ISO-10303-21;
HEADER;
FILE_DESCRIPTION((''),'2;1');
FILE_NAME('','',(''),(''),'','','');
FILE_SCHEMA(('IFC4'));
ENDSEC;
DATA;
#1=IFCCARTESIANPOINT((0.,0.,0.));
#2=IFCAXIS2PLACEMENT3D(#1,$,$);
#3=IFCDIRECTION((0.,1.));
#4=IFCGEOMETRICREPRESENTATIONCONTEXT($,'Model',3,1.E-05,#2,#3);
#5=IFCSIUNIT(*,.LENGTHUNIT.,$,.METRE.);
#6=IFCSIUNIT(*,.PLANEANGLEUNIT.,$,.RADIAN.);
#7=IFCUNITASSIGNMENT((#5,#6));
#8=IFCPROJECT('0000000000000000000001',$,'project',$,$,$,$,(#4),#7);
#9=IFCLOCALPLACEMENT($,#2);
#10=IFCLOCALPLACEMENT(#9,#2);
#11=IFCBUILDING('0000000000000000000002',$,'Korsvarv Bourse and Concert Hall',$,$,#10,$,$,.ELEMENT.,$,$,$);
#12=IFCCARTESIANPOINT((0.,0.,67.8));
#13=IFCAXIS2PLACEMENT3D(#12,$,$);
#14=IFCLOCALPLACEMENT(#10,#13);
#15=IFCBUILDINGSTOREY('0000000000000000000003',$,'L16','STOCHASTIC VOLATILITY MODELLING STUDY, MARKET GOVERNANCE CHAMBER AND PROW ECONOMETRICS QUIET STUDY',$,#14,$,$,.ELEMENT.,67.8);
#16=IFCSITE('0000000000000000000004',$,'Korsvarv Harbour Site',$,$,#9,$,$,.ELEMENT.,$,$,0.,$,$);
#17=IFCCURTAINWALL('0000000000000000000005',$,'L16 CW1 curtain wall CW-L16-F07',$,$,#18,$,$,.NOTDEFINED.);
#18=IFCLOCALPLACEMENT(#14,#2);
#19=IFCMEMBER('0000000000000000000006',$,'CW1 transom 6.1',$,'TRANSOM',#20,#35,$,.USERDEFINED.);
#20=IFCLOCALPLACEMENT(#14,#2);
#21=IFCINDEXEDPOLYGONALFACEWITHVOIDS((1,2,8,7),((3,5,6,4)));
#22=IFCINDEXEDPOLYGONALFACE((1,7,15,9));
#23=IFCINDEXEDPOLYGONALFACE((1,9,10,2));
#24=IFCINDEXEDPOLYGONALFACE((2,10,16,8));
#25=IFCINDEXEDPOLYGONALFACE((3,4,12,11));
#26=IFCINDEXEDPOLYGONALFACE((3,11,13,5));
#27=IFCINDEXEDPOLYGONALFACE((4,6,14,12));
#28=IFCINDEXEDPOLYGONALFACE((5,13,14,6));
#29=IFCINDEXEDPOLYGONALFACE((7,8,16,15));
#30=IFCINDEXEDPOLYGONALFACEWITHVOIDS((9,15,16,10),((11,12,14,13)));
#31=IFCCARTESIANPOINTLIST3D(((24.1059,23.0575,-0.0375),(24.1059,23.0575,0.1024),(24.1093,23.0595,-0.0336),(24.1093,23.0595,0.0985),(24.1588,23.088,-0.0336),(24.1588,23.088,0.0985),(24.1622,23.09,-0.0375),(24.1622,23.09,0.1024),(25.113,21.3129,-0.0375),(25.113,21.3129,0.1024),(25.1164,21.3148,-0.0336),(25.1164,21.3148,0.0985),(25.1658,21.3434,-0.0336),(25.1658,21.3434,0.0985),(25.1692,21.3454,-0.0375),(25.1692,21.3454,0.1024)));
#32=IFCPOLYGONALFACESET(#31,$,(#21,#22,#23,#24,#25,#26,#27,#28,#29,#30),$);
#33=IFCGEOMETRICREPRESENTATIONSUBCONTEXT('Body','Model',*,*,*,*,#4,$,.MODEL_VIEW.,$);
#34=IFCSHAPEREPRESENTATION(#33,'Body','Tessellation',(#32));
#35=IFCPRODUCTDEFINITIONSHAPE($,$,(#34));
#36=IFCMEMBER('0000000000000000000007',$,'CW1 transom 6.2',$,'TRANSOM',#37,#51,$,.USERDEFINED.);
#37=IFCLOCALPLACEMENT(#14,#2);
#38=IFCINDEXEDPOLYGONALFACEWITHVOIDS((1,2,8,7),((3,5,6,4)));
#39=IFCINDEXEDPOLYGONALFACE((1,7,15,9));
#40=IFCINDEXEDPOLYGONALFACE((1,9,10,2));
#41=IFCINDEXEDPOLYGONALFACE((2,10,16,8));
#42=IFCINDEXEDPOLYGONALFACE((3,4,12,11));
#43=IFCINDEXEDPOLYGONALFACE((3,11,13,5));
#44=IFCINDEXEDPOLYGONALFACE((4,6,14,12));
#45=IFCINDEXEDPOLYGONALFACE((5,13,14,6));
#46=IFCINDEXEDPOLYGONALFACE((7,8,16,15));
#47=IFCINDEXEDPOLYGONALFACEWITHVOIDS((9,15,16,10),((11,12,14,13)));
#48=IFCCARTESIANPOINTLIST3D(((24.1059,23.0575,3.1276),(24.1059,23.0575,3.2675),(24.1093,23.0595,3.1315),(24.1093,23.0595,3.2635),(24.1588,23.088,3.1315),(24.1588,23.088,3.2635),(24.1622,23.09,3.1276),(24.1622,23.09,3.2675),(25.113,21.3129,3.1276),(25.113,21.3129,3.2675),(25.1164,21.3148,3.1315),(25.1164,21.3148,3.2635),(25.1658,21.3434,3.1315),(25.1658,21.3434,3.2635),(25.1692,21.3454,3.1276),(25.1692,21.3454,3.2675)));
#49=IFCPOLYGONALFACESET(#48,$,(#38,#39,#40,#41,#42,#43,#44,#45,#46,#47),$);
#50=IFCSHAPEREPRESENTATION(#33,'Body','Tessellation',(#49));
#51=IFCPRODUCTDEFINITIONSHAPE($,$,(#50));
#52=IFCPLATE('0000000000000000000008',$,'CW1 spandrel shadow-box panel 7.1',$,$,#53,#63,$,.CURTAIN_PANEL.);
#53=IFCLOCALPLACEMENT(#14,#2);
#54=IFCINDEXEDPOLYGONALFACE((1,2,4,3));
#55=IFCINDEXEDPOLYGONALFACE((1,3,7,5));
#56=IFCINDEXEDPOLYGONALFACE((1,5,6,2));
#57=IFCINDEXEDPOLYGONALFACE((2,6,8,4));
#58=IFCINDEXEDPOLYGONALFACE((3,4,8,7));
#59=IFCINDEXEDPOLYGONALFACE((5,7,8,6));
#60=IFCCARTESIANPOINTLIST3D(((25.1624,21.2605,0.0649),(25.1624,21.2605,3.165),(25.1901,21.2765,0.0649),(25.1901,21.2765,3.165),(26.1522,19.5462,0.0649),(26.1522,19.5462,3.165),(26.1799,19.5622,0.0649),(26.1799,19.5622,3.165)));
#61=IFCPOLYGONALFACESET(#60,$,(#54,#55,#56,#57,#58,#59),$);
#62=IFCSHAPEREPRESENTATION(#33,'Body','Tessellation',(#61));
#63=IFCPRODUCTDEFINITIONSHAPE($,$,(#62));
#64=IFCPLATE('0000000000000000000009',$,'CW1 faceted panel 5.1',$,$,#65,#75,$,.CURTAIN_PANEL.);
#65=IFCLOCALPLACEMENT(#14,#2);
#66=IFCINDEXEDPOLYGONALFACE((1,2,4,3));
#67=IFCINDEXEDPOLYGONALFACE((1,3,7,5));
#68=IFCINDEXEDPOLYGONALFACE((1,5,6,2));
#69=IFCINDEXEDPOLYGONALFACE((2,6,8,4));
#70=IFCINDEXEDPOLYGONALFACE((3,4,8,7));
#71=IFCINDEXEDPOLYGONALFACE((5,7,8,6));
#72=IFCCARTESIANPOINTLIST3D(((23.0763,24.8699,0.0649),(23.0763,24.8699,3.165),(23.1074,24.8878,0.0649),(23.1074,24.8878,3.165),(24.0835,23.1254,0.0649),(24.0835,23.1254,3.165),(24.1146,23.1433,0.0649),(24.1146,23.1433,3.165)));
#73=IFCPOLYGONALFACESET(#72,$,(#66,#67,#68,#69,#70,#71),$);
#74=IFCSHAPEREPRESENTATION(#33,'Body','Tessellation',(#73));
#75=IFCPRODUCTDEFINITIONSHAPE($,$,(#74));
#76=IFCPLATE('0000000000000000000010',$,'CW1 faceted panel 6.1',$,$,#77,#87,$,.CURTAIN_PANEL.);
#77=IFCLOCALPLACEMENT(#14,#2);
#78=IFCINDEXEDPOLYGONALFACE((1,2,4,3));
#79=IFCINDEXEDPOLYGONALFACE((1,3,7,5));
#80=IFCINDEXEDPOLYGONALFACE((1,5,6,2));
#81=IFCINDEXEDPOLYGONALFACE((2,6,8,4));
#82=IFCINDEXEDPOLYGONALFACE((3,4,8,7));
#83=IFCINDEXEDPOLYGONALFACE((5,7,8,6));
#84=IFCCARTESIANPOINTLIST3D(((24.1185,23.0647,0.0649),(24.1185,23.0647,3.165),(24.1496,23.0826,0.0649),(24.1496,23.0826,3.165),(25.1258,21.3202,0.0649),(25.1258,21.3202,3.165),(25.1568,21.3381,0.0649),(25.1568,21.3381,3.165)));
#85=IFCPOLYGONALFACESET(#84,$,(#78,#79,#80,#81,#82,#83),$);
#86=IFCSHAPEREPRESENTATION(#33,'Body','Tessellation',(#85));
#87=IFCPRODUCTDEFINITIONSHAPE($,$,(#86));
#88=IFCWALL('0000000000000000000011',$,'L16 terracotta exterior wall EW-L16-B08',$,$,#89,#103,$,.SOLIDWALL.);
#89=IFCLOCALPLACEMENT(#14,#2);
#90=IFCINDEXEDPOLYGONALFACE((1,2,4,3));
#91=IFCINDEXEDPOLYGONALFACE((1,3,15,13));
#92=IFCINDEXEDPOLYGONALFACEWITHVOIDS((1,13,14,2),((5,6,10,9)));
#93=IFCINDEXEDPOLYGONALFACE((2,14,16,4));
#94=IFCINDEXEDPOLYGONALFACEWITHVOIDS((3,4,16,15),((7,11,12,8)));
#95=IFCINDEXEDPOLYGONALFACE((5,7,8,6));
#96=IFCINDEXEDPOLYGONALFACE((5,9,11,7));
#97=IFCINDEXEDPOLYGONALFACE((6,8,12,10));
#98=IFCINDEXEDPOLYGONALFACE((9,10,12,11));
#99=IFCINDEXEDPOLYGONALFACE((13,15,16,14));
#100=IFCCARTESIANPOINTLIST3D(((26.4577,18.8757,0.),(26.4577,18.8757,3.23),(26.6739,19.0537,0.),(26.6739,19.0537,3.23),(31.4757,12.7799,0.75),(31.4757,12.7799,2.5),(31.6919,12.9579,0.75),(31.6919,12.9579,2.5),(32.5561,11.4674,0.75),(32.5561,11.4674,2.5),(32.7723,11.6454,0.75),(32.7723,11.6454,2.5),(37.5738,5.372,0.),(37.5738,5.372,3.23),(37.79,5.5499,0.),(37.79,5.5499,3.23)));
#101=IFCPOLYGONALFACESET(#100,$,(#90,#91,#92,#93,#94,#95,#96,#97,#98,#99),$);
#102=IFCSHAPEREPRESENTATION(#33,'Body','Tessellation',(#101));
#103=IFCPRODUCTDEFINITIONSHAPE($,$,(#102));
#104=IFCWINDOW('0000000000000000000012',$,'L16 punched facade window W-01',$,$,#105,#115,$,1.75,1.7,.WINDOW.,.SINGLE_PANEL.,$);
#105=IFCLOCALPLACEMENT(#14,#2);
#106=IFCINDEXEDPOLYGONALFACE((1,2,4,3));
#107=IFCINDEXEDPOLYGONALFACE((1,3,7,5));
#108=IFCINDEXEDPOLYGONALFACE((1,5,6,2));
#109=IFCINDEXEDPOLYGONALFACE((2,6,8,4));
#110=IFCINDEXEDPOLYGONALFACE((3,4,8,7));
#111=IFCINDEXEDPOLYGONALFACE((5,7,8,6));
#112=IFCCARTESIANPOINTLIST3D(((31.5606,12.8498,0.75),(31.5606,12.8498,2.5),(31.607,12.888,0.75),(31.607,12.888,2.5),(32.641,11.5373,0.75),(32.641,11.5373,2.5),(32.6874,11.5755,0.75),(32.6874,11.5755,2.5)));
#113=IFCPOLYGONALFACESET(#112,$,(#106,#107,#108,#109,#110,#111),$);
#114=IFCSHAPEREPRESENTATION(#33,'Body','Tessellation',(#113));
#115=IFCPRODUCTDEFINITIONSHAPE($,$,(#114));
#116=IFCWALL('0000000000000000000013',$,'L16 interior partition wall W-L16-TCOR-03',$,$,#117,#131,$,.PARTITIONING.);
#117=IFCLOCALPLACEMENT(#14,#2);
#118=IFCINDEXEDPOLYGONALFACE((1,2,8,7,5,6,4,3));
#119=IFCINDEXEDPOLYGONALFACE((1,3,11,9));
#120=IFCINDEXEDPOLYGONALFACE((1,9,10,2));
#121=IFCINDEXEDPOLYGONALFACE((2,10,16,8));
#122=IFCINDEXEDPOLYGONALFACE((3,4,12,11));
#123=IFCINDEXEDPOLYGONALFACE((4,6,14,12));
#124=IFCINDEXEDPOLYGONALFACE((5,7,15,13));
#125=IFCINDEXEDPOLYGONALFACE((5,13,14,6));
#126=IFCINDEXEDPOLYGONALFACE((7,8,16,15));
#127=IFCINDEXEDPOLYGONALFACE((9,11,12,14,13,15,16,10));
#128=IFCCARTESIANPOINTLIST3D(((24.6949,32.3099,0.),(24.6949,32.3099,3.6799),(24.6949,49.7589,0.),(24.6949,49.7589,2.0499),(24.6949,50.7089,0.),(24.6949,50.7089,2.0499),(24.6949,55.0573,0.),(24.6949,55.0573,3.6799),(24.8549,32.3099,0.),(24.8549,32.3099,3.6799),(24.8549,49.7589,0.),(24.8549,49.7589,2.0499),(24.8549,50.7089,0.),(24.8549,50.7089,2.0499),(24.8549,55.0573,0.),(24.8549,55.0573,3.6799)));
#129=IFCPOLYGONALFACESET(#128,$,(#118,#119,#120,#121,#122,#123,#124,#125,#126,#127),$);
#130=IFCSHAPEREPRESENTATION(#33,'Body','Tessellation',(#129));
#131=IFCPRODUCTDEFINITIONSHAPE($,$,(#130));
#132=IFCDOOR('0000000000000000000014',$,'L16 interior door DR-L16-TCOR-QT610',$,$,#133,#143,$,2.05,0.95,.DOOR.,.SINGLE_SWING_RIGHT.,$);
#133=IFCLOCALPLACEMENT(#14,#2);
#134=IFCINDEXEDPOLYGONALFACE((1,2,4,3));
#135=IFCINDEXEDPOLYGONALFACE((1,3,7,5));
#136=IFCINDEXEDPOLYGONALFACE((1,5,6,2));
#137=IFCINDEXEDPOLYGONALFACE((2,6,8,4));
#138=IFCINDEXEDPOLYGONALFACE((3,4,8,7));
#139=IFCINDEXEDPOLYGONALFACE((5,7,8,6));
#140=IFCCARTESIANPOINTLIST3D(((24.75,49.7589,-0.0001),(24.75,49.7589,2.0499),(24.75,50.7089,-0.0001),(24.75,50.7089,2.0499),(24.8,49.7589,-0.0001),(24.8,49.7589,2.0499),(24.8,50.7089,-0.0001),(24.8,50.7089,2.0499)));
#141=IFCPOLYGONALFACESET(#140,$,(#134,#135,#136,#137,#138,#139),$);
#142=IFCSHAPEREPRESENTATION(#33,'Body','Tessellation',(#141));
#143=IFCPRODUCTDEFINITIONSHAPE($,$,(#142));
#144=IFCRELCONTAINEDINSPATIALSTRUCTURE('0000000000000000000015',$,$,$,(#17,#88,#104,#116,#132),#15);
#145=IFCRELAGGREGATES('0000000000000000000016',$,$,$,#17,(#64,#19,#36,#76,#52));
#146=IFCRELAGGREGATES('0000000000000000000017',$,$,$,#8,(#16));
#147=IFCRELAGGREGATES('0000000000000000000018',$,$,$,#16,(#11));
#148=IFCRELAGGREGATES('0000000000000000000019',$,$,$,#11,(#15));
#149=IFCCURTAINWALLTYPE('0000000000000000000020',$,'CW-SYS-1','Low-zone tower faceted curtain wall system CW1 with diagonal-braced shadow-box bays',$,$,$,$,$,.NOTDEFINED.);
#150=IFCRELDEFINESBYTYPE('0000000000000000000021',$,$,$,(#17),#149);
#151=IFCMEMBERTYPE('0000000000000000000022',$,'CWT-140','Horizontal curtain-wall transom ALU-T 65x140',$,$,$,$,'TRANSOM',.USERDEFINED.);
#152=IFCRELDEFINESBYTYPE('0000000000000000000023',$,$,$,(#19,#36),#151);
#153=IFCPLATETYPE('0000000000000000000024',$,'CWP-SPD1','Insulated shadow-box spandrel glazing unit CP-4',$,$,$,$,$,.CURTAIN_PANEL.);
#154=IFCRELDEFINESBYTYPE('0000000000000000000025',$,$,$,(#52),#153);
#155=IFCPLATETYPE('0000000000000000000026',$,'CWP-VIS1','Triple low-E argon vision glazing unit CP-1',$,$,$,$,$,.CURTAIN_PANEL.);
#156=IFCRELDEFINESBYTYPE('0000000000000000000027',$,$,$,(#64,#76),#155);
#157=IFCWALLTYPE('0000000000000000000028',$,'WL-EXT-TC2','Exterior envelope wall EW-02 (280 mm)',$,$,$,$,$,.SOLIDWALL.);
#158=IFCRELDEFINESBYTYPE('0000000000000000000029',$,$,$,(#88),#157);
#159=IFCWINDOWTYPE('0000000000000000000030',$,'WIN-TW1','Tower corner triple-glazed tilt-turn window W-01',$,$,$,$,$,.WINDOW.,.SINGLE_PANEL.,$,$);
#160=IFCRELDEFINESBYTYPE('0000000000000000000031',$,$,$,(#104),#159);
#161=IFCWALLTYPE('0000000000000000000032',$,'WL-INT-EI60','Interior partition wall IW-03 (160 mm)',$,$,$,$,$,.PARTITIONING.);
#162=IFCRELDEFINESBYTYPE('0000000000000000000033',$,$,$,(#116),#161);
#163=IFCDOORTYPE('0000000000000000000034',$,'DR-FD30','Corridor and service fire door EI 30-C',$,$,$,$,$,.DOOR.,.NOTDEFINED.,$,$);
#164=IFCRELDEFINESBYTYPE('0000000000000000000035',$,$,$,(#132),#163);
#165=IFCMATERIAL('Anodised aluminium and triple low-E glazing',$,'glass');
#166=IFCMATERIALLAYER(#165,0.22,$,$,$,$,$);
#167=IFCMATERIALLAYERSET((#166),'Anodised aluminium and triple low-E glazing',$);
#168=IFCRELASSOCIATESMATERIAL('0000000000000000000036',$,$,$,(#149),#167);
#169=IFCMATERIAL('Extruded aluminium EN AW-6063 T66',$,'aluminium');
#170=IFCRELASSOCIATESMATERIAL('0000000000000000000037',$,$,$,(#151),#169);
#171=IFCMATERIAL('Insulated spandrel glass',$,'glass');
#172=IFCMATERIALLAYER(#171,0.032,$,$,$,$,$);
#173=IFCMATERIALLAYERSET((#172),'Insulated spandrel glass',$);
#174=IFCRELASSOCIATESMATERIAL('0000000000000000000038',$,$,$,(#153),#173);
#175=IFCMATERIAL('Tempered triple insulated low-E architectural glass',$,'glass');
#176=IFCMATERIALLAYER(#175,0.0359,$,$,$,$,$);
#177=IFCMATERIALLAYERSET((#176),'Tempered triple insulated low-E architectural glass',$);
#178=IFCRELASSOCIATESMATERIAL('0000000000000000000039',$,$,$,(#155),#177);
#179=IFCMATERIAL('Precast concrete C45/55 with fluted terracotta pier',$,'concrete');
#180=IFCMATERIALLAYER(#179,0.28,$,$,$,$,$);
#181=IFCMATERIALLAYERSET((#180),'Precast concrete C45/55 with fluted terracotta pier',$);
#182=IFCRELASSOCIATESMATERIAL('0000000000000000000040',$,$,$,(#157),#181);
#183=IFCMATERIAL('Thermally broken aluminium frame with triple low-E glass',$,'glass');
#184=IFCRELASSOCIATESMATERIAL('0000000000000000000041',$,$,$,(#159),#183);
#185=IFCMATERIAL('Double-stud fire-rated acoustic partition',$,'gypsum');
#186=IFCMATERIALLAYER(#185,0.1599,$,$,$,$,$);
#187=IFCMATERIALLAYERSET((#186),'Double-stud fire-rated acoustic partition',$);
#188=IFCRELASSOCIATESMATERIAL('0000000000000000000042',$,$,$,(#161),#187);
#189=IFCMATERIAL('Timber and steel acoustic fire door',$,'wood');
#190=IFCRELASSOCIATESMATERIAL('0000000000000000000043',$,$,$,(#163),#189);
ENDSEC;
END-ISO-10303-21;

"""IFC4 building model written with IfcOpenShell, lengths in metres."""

from ifc_helpers import new_model, si_unit, direction, frame, frame_2d, origin, origin_2d, place, context, subcontext, project, spatial, rectangle, hollow_rectangle, extrude, source, transform, mapped, material, layer, layer_set, material_profile, profile_set, type_object, element, fill, aggregate, save


model = new_model("IFC4")

# Units and contexts
model_context = context("Model", 3, precision=1e-05, world=origin(), true_north=direction((0.0, 1.0)))
body_context = subcontext(model_context, "Body", "Model", "MODEL_VIEW")
ifc_project = project(units=[si_unit("LENGTHUNIT", "METRE"), si_unit("PLANEANGLEUNIT", "RADIAN")], contexts=[model_context])

# Site, building, storey
site_placement = place(None, origin())
site = spatial("IfcSite", under=ifc_project, at=site_placement, Name="Korsvarv Harbour Site", CompositionType="ELEMENT", RefElevation=0.0)
building_placement = place(site_placement, origin())
building = spatial("IfcBuilding", under=site, at=building_placement, Name="Korsvarv Bourse and Concert Hall", CompositionType="ELEMENT")
storey_placement = place(building_placement, frame((0.0, 0.0, 67.8)))
storey = spatial("IfcBuildingStorey", under=building, at=storey_placement, Name="L16", Description="STOCHASTIC VOLATILITY MODELLING STUDY, MARKET GOVERNANCE CHAMBER AND PROW ECONOMETRICS QUIET STUDY", CompositionType="ELEMENT", Elevation=67.8)

# Curtain wall, members, plates
ifc_material_1 = material(Name="Anodised aluminium and triple low-E glazing", Category="glass")
ifc_layer_1 = layer(ifc_material_1, 0.22)
ifc_layer_set_1 = layer_set([ifc_layer_1], Name="Anodised aluminium and triple low-E glazing")
curtain_wall_type = type_object("IfcCurtainWallType", Name="CW-SYS-1", Description="Low-zone tower faceted curtain wall system CW1 with diagonal-braced shadow-box bays", PredefinedType="NOTDEFINED", material=ifc_layer_set_1)
curtain_wall_placement = place(storey_placement, origin())
curtain_wall = element("IfcCurtainWall", 1, at=curtain_wall_placement, inside=storey, type_object=curtain_wall_type, Name="L16 CW1 curtain wall CW-L16-F07", PredefinedType="NOTDEFINED")
ifc_material_2 = material(Name="Extruded aluminium EN AW-6063 T66", Category="aluminium")
ifc_material_profile_1 = material_profile(ifc_material_2, hollow_rectangle(XDim=0.0649, YDim=0.1399, WallThickness=0.0039, at=origin_2d()), Name="ALU-T 65x140")
ifc_profile_set_1 = profile_set([ifc_material_profile_1], Name="Extruded aluminium EN AW-6063 T66")
member_type_1 = type_object("IfcMemberType", Name="CWT-140", Description="Horizontal curtain-wall transom ALU-T 65x140", ElementType="TRANSOM", PredefinedType="USERDEFINED", material=ifc_profile_set_1)
shared_shape_1 = source(origin(), body_context, "Body", "SweptSolid", [
    extrude(hollow_rectangle(XDim=0.0649, YDim=0.1399, WallThickness=0.0039, at=origin_2d()), origin(), (0.0, 0.0, 1.0), 2.0144),
])
member_1_placement = place(storey_placement, frame((24.134, 23.0737, 0.0325), z_axis=(0.499932, -0.866064, 0.0), x_axis=(0.866064, 0.499932, 0.0)))
member_1 = element("IfcMember", 2, at=member_1_placement, type_object=member_type_1, Name="CW1 transom 6.1", ObjectType="TRANSOM", PredefinedType="USERDEFINED", context=body_context, shape_type="MappedRepresentation", body=[
    mapped(shared_shape_1, transform((0.0, 0.0, 0.0), scale=1.0)),
])
member_2_placement = place(storey_placement, frame((24.134, 23.0737, 3.1975), z_axis=(0.499932, -0.866064, 0.0), x_axis=(0.866064, 0.499932, 0.0)))
member_2 = element("IfcMember", 3, at=member_2_placement, type_object=member_type_1, Name="CW1 transom 6.2", ObjectType="TRANSOM", PredefinedType="USERDEFINED", context=body_context, shape_type="MappedRepresentation", body=[
    mapped(shared_shape_1, transform((0.0, 0.0, 0.0), scale=1.0)),
])
ifc_material_3 = material(Name="Insulated spandrel glass", Category="glass")
ifc_layer_2 = layer(ifc_material_3, 0.032)
ifc_layer_set_2 = layer_set([ifc_layer_2], Name="Insulated spandrel glass")
plate_type_1 = type_object("IfcPlateType", Name="CWP-SPD1", Description="Insulated shadow-box spandrel glazing unit CP-4", PredefinedType="CURTAIN_PANEL", material=ifc_layer_set_2)
shared_shape_2 = source(origin(), body_context, "Body", "SweptSolid", [
    extrude(rectangle(XDim=1.9795, YDim=0.032, at=origin_2d()), origin(), (0.0, 0.0, 1.0), 3.1001),
])
plate_1_placement = place(storey_placement, frame((25.6711, 20.4114, 0.0649), z_axis=(0.0, 0.0, 1.0), x_axis=(0.500006, -0.866022, 0.0)))
plate_1 = element("IfcPlate", 4, at=plate_1_placement, type_object=plate_type_1, Name="CW1 spandrel shadow-box panel 7.1", PredefinedType="CURTAIN_PANEL", context=body_context, shape_type="MappedRepresentation", body=[
    mapped(shared_shape_2, transform((0.0, 0.0, 0.0), scale=1.0)),
])
ifc_material_4 = material(Name="Tempered triple insulated low-E architectural glass", Category="glass")
ifc_layer_3 = layer(ifc_material_4, 0.0359)
ifc_layer_set_3 = layer_set([ifc_layer_3], Name="Tempered triple insulated low-E architectural glass")
plate_type_2 = type_object("IfcPlateType", Name="CWP-VIS1", Description="Triple low-E argon vision glazing unit CP-1", PredefinedType="CURTAIN_PANEL", material=ifc_layer_set_3)
shared_shape_3 = source(origin(), body_context, "Body", "SweptSolid", [
    extrude(rectangle(XDim=2.0144, YDim=0.0359, at=origin_2d()), origin(), (0.0, 0.0, 1.0), 3.1001),
])
plate_2_placement = place(storey_placement, frame((23.5955, 24.0066, 0.0649), z_axis=(0.0, 0.0, 1.0), x_axis=(0.500006, -0.866022, 0.0)))
plate_2 = element("IfcPlate", 5, at=plate_2_placement, type_object=plate_type_2, Name="CW1 faceted panel 5.1", PredefinedType="CURTAIN_PANEL", context=body_context, shape_type="MappedRepresentation", body=[
    mapped(shared_shape_3, transform((0.0, 0.0, 0.0), scale=1.0)),
])
plate_3_placement = place(storey_placement, frame((24.6377, 22.2014, 0.0649), z_axis=(0.0, 0.0, 1.0), x_axis=(0.500006, -0.866022, 0.0)))
plate_3 = element("IfcPlate", 6, at=plate_3_placement, type_object=plate_type_2, Name="CW1 faceted panel 6.1", PredefinedType="CURTAIN_PANEL", context=body_context, shape_type="MappedRepresentation", body=[
    mapped(shared_shape_3, transform((0.0, 0.0, 0.0), scale=1.0)),
])
aggregate(curtain_wall, [plate_2, member_1, member_2, plate_3, plate_1])

# Wall, opening, window
ifc_material_5 = material(Name="Precast concrete C45/55 with fluted terracotta pier", Category="concrete")
ifc_layer_4 = layer(ifc_material_5, 0.28)
ifc_layer_set_4 = layer_set([ifc_layer_4], Name="Precast concrete C45/55 with fluted terracotta pier")
wall_type_1 = type_object("IfcWallType", Name="WL-EXT-TC2", Description="Exterior envelope wall EW-02 (280 mm)", PredefinedType="SOLIDWALL", material=ifc_layer_set_4)
wall_1_placement = place(storey_placement, frame((26.5659, 18.9646, 0.0), z_axis=(0.0, 0.0, 1.0), x_axis=(0.635547, -0.772062, 0.0)))
wall_1 = element("IfcWall", 7, at=wall_1_placement, inside=storey, type_object=wall_type_1, Name="L16 terracotta exterior wall EW-L16-B08", PredefinedType="SOLIDWALL", context=body_context, shape_type="SweptSolid", body=[
    extrude(rectangle(XDim=17.4905, YDim=0.28, at=frame_2d((8.7451, 0.0))), origin(), (0.0, 0.0, 1.0), 3.23),
])
opening_1_placement = place(wall_1_placement, frame((7.8953, 0.0, 0.75)))
opening_1 = element("IfcOpeningElement", 8, at=opening_1_placement, cuts=wall_1, PredefinedType="OPENING", context=body_context, shape_type="SweptSolid", body=[
    extrude(rectangle(XDim=1.7, YDim=1.75, at=frame_2d((0.8501, 0.875))), frame((0.0, 0.1499, 0.0), z_axis=(0.0, -1.0, 0.0), x_axis=(1.0, 0.0, 0.0)), (0.0, 0.0, 1.0), 0.3),
])
ifc_material_6 = material(Name="Thermally broken aluminium frame with triple low-E glass", Category="glass")
window_type = type_object("IfcWindowType", Name="WIN-TW1", Description="Tower corner triple-glazed tilt-turn window W-01", PartitioningType="SINGLE_PANEL", PredefinedType="WINDOW", material=ifc_material_6)
window_placement = place(opening_1_placement, origin())
window = element("IfcWindow", 9, at=window_placement, inside=storey, type_object=window_type, Name="L16 punched facade window W-01", OverallHeight=1.75, OverallWidth=1.7, PartitioningType="SINGLE_PANEL", PredefinedType="WINDOW", context=body_context, shape_type="SweptSolid", body=[
    extrude(rectangle(XDim=1.7, YDim=1.75, at=frame_2d((0.8501, 0.875))), frame((0.0, 0.03, 0.0), z_axis=(0.0, -1.0, 0.0), x_axis=(1.0, 0.0, 0.0)), (0.0, 0.0, 1.0), 0.0601),
])
fill(opening_1, window)

# Wall, opening, door
ifc_material_7 = material(Name="Double-stud fire-rated acoustic partition", Category="gypsum")
ifc_layer_5 = layer(ifc_material_7, 0.1599)
ifc_layer_set_5 = layer_set([ifc_layer_5], Name="Double-stud fire-rated acoustic partition")
wall_type_2 = type_object("IfcWallType", Name="WL-INT-EI60", Description="Interior partition wall IW-03 (160 mm)", PredefinedType="PARTITIONING", material=ifc_layer_set_5)
wall_2_placement = place(storey_placement, frame((24.7749, 32.3101, 0.0), z_axis=(0.0, 0.0, 1.0), x_axis=(0.0, 1.0, 0.0)))
wall_2 = element("IfcWall", 10, at=wall_2_placement, inside=storey, type_object=wall_type_2, Name="L16 interior partition wall W-L16-TCOR-03", PredefinedType="PARTITIONING", context=body_context, shape_type="SweptSolid", body=[
    extrude(rectangle(XDim=22.7473, YDim=0.1599, at=frame_2d((11.3735, 0.0))), origin(), (0.0, 0.0, 1.0), 3.6799),
])
opening_2_placement = place(wall_2_placement, frame((17.4487, 0.0, 0.0)))
opening_2 = element("IfcOpeningElement", 11, at=opening_2_placement, cuts=wall_2, PredefinedType="OPENING", context=body_context, shape_type="SweptSolid", body=[
    extrude(rectangle(XDim=0.95, YDim=2.05, at=frame_2d((0.4751, 1.0249))), frame((0.0, 0.0898, 0.0), z_axis=(0.0, -1.0, 0.0), x_axis=(1.0, 0.0, 0.0)), (0.0, 0.0, 1.0), 0.1799),
])
ifc_material_8 = material(Name="Timber and steel acoustic fire door", Category="wood")
door_type_1 = type_object("IfcDoorType", Name="DR-FD30", Description="Corridor and service fire door EI 30-C", OperationType="NOTDEFINED", PredefinedType="DOOR", material=ifc_material_8)
door_1_placement = place(opening_2_placement, origin())
door_1 = element("IfcDoor", 12, at=door_1_placement, inside=storey, type_object=door_type_1, Name="L16 interior door DR-L16-TCOR-QT610", OperationType="SINGLE_SWING_RIGHT", OverallHeight=2.05, OverallWidth=0.95, PredefinedType="DOOR", context=body_context, shape_type="SweptSolid", body=[
    extrude(rectangle(XDim=0.95, YDim=2.05, at=frame_2d((0.4751, 1.0249))), frame((0.0, 0.0249, 0.0), z_axis=(0.0, -1.0, 0.0), x_axis=(1.0, 0.0, 0.0)), (0.0, 0.0, 1.0), 0.05),
])
fill(opening_2, door_1)

save(model, "model.ifc")
